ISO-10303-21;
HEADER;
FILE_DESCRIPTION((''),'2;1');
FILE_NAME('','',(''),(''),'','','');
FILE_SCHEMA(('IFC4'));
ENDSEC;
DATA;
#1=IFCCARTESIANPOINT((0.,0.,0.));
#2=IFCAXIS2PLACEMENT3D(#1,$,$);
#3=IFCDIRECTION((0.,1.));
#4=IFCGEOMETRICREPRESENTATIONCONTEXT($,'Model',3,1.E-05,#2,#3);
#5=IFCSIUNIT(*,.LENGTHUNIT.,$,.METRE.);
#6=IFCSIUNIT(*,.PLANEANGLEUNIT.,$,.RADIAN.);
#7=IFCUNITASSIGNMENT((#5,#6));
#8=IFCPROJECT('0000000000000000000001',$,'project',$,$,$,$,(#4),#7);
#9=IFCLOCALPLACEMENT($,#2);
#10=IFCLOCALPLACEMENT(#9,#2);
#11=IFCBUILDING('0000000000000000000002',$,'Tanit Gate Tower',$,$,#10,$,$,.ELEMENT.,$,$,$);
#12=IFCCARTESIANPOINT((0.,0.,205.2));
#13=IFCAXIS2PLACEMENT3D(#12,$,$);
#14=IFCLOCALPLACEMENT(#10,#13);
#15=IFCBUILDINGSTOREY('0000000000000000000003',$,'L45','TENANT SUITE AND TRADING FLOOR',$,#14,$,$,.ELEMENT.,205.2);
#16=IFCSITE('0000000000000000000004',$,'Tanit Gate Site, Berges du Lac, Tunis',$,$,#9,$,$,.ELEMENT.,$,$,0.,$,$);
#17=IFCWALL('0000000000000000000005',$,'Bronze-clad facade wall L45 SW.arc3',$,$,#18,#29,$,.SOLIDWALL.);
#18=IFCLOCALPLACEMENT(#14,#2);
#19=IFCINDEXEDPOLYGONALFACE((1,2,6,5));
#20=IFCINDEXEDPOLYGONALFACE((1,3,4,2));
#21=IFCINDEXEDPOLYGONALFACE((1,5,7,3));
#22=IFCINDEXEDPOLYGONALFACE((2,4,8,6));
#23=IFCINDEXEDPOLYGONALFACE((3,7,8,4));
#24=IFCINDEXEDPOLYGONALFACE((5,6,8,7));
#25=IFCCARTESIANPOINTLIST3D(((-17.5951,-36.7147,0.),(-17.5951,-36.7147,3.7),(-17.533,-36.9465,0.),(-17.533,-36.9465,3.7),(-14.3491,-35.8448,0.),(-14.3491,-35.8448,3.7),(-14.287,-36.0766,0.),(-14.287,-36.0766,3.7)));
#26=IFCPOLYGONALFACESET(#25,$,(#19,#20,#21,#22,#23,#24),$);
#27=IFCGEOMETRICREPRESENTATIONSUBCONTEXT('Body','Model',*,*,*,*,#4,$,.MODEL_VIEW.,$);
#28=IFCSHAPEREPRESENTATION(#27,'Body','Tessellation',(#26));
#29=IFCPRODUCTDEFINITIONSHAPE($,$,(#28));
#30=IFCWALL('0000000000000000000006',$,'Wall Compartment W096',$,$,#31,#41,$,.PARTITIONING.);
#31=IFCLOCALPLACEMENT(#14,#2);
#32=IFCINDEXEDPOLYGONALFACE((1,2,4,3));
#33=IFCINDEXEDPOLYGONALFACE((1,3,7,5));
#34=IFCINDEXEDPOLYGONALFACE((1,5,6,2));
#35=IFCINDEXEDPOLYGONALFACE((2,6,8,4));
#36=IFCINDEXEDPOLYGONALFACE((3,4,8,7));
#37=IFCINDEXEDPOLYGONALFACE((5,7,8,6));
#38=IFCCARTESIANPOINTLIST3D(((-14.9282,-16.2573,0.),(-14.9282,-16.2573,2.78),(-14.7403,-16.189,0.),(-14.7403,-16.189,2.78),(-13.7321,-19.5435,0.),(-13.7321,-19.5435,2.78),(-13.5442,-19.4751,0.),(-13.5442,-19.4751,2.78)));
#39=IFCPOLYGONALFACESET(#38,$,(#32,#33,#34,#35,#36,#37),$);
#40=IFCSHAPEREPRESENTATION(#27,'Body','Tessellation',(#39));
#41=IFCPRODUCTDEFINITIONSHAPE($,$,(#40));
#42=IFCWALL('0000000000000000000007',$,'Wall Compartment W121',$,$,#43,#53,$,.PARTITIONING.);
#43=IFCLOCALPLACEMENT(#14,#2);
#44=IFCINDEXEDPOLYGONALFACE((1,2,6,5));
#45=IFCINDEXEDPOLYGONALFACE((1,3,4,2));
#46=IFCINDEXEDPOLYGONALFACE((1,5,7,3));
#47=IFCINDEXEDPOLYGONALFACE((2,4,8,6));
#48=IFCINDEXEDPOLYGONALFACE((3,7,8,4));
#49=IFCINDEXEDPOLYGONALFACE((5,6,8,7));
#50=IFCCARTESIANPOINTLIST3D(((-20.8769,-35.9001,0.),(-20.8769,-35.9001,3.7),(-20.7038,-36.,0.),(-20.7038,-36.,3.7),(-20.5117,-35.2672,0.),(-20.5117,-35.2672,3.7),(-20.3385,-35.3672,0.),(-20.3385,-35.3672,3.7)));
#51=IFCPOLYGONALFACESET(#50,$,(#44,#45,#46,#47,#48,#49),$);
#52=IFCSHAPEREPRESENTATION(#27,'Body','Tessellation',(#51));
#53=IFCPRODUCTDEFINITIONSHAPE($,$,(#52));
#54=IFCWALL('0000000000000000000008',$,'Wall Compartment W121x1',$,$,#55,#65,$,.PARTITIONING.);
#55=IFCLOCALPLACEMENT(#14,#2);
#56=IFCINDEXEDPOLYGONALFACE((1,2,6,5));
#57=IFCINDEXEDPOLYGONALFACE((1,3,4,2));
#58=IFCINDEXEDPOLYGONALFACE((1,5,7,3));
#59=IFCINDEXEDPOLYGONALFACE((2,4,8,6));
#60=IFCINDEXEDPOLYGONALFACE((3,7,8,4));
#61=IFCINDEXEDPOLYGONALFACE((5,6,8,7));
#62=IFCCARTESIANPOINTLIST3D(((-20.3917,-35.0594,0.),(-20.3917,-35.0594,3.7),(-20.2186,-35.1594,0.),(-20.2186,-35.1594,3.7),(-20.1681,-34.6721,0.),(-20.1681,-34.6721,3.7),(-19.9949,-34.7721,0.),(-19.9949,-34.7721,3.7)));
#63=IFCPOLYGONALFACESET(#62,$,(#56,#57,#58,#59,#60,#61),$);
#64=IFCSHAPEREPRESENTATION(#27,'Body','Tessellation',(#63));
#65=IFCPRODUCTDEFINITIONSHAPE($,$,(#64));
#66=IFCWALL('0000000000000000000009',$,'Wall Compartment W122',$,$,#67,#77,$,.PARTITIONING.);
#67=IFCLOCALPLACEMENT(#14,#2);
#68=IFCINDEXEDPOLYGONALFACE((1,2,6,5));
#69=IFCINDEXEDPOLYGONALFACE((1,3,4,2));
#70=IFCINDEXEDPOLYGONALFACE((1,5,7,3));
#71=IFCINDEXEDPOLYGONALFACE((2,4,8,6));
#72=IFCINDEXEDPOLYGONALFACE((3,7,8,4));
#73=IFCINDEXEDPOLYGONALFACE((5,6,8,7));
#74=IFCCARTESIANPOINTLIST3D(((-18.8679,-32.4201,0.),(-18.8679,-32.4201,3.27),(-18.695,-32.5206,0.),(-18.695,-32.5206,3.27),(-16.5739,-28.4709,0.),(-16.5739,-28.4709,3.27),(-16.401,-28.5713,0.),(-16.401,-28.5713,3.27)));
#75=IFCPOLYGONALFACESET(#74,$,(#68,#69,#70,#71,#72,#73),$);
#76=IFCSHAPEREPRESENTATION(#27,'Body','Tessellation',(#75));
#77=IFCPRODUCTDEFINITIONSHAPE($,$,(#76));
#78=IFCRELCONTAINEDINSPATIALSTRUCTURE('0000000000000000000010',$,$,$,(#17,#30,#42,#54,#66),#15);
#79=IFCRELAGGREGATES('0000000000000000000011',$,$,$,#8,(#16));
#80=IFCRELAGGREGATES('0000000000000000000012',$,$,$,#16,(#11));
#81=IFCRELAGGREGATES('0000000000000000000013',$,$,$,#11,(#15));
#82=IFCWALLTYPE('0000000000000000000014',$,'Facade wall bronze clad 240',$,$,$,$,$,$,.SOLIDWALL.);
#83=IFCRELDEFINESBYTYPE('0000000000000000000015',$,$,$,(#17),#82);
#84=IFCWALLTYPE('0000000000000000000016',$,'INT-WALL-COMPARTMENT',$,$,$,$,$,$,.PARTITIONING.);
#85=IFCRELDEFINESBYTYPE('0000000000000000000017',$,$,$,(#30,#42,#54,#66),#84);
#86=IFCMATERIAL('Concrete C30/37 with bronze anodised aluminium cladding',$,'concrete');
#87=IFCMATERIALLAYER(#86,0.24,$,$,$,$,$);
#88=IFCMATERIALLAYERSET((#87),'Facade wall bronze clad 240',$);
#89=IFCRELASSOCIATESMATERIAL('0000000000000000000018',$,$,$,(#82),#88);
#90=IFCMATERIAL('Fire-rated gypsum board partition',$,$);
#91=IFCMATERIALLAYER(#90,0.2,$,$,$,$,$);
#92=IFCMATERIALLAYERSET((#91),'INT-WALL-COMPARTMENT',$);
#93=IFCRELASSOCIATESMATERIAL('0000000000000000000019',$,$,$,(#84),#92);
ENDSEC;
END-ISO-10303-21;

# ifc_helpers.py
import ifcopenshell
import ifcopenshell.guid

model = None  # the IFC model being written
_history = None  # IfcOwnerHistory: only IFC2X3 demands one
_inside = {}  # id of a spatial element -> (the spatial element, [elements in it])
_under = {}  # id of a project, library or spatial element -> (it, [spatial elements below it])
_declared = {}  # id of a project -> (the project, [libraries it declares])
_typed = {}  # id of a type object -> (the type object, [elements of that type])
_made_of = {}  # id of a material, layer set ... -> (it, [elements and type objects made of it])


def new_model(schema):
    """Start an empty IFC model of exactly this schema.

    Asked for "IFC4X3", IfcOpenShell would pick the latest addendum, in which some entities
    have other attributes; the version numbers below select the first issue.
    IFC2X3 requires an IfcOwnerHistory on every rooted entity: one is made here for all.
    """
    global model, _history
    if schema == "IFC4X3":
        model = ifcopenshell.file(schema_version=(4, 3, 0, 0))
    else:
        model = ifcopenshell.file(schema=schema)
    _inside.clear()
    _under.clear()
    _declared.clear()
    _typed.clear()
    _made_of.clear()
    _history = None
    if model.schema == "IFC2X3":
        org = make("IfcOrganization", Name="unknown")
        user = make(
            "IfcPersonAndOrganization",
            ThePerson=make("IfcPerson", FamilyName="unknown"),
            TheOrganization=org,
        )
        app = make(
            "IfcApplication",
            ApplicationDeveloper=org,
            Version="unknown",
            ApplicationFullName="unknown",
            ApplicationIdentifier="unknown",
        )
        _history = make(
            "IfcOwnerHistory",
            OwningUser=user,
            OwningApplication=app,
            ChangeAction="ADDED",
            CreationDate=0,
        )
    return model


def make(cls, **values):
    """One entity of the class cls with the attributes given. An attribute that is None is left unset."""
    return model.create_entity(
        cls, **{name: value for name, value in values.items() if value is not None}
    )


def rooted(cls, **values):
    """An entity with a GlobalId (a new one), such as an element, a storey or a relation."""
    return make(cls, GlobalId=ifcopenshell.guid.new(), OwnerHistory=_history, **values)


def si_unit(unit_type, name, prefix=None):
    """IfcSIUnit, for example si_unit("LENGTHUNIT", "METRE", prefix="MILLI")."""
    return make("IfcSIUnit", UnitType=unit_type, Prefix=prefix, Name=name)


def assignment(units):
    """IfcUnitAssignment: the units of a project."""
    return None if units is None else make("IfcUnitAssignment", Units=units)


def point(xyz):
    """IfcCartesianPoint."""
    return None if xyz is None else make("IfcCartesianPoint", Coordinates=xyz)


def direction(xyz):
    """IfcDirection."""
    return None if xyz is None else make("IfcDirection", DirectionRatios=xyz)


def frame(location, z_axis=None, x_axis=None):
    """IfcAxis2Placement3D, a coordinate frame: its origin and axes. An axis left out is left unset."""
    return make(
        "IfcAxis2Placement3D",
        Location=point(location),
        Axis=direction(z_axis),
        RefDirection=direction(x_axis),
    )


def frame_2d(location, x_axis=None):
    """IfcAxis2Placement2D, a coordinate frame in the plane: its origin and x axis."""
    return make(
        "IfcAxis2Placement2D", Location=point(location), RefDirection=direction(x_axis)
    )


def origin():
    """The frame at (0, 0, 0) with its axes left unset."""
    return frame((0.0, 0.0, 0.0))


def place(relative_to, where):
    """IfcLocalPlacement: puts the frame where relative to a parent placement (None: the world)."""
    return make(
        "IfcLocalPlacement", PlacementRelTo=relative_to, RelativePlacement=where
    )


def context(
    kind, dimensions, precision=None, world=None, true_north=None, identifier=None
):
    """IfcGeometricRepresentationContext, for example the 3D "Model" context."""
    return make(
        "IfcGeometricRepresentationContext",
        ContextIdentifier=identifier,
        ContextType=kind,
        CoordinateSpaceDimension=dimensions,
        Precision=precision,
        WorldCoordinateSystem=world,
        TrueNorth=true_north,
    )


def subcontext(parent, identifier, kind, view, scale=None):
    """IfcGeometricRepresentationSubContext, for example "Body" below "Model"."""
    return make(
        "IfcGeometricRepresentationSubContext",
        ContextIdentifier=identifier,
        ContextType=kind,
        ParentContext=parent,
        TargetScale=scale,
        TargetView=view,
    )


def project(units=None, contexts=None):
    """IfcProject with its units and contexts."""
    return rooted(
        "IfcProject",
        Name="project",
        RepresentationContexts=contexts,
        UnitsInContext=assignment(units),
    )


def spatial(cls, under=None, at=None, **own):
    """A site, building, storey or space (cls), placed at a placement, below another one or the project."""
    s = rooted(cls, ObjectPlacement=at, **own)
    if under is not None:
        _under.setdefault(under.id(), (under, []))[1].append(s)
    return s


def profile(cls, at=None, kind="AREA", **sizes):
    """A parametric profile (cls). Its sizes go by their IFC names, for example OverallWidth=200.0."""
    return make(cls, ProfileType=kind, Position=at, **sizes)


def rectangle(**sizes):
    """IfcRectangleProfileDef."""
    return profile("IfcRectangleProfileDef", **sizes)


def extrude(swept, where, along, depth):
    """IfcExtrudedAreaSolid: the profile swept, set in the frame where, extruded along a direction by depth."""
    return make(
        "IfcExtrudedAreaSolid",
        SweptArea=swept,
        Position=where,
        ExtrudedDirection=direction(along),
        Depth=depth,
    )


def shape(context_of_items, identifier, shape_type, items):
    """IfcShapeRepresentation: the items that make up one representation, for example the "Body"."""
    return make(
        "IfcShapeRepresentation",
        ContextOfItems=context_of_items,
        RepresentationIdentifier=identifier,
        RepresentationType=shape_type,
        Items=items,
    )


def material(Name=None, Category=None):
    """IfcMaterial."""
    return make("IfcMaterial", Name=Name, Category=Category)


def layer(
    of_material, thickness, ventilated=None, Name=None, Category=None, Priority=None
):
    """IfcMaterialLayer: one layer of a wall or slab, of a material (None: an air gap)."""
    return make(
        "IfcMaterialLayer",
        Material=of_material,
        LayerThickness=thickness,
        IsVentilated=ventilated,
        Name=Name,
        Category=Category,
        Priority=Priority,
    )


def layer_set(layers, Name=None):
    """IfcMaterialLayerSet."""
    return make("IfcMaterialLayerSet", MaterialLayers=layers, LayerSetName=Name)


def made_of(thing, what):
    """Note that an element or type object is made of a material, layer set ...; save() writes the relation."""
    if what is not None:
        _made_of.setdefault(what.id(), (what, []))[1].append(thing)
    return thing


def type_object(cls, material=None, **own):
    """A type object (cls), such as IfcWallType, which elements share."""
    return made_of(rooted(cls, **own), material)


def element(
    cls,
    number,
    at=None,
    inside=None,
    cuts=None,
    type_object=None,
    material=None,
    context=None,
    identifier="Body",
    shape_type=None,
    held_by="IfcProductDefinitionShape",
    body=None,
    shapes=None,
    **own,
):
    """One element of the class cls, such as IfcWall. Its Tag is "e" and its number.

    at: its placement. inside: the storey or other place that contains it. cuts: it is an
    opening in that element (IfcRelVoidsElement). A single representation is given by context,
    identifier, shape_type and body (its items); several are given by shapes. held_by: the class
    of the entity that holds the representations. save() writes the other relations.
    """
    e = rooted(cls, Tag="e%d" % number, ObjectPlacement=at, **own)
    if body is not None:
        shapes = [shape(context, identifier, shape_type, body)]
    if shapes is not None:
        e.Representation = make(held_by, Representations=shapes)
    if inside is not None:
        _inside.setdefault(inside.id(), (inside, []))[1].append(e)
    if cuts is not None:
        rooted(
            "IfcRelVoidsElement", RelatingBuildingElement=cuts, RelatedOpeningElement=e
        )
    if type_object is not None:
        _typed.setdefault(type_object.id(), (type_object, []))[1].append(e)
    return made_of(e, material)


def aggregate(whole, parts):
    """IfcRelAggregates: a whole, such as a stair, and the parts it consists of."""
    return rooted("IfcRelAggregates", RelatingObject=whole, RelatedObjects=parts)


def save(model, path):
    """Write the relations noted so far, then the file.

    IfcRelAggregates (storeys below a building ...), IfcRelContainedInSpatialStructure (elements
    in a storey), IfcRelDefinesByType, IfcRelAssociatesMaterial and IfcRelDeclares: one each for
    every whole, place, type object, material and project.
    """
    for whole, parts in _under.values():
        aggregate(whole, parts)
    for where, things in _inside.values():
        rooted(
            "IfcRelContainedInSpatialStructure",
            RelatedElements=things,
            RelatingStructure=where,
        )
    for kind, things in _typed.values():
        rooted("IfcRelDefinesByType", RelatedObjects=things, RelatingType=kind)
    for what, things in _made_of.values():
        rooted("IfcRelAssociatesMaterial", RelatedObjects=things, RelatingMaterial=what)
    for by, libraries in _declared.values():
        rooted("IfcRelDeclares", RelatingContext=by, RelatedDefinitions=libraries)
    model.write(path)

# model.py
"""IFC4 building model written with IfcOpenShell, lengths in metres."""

from ifc_helpers import new_model, si_unit, direction, frame, frame_2d, origin, place, context, subcontext, project, spatial, rectangle, extrude, material, layer, layer_set, type_object, element, save


model = new_model("IFC4")

# Units and contexts
model_context = context("Model", 3, precision=1e-05, world=origin(), true_north=direction((0.0, 1.0)))
body_context = subcontext(model_context, "Body", "Model", "MODEL_VIEW")
ifc_project = project(units=[si_unit("LENGTHUNIT", "METRE"), si_unit("PLANEANGLEUNIT", "RADIAN")], contexts=[model_context])

# Site, building, storey
site_placement = place(None, origin())
site = spatial("IfcSite", under=ifc_project, at=site_placement, Name="Tanit Gate Site, Berges du Lac, Tunis", CompositionType="ELEMENT", RefElevation=0.0)
building_placement = place(site_placement, origin())
building = spatial("IfcBuilding", under=site, at=building_placement, Name="Tanit Gate Tower", CompositionType="ELEMENT")
storey_placement = place(building_placement, frame((0.0, 0.0, 205.2)))
storey = spatial("IfcBuildingStorey", under=building, at=storey_placement, Name="L45", Description="TENANT SUITE AND TRADING FLOOR", CompositionType="ELEMENT", Elevation=205.2)

# Walls
ifc_material_1 = material(Name="Concrete C30/37 with bronze anodised aluminium cladding", Category="concrete")
ifc_layer_1 = layer(ifc_material_1, 0.24)
ifc_layer_set_1 = layer_set([ifc_layer_1], Name="Facade wall bronze clad 240")
wall_type_1 = type_object("IfcWallType", Name="Facade wall bronze clad 240", PredefinedType="SOLIDWALL", material=ifc_layer_set_1)
wall_1_placement = place(storey_placement, frame((-17.564, -36.8306, 0.0), z_axis=(0.0, 0.0, 1.0), x_axis=(0.96592, 0.258843, 0.0)))
element("IfcWall", 1, at=wall_1_placement, inside=storey, type_object=wall_type_1, Name="Bronze-clad facade wall L45 SW.arc3", PredefinedType="SOLIDWALL", context=body_context, shape_type="SweptSolid", body=[
    extrude(rectangle(XDim=3.3606, YDim=0.24, at=frame_2d((1.6802, 0.0))), origin(), (0.0, 0.0, 1.0), 3.7),
])
ifc_material_2 = material(Name="Fire-rated gypsum board partition")
ifc_layer_2 = layer(ifc_material_2, 0.2)
ifc_layer_set_2 = layer_set([ifc_layer_2], Name="INT-WALL-COMPARTMENT")
wall_type_2 = type_object("IfcWallType", Name="INT-WALL-COMPARTMENT", PredefinedType="PARTITIONING", material=ifc_layer_set_2)
wall_2_placement = place(storey_placement, frame((-14.8342, -16.2231, 0.0), z_axis=(0.0, 0.0, 1.0), x_axis=(0.342018, -0.939694, 0.0)))
element("IfcWall", 2, at=wall_2_placement, inside=storey, type_object=wall_type_2, Name="Wall Compartment W096", PredefinedType="PARTITIONING", context=body_context, shape_type="SweptSolid", body=[
    extrude(rectangle(XDim=3.4971, YDim=0.2, at=frame_2d((1.7485, 0.0))), origin(), (0.0, 0.0, 1.0), 2.78),
])
wall_3_placement = place(storey_placement, frame((-20.7903, -35.95, 0.0), z_axis=(0.0, 0.0, 1.0), x_axis=(0.499877, 0.866097, 0.0)))
element("IfcWall", 3, at=wall_3_placement, inside=storey, type_object=wall_type_2, Name="Wall Compartment W121", PredefinedType="PARTITIONING", context=body_context, shape_type="SweptSolid", body=[
    extrude(rectangle(XDim=0.7307, YDim=0.2, at=frame_2d((0.3652, 0.0))), origin(), (0.0, 0.0, 1.0), 3.7),
])
wall_4_placement = place(storey_placement, frame((-20.3052, -35.1094, 0.0), z_axis=(0.0, 0.0, 1.0), x_axis=(0.500132, 0.865949, 0.0)))
element("IfcWall", 4, at=wall_4_placement, inside=storey, type_object=wall_type_2, Name="Wall Compartment W121x1", PredefinedType="PARTITIONING", context=body_context, shape_type="SweptSolid", body=[
    extrude(rectangle(XDim=0.4473, YDim=0.2, at=frame_2d((0.2236, 0.0))), origin(), (0.0, 0.0, 1.0), 3.7),
])
wall_5_placement = place(storey_placement, frame((-18.7815, -32.4705, 0.0), z_axis=(0.0, 0.0, 1.0), x_axis=(0.502275, 0.864708, 0.0)))
element("IfcWall", 5, at=wall_5_placement, inside=storey, type_object=wall_type_2, Name="Wall Compartment W122", PredefinedType="PARTITIONING", context=body_context, shape_type="SweptSolid", body=[
    extrude(rectangle(XDim=4.5671, YDim=0.2, at=frame_2d((2.2837, 0.0))), origin(), (0.0, 0.0, 1.0), 3.27),
])

save(model, "model.ifc")
